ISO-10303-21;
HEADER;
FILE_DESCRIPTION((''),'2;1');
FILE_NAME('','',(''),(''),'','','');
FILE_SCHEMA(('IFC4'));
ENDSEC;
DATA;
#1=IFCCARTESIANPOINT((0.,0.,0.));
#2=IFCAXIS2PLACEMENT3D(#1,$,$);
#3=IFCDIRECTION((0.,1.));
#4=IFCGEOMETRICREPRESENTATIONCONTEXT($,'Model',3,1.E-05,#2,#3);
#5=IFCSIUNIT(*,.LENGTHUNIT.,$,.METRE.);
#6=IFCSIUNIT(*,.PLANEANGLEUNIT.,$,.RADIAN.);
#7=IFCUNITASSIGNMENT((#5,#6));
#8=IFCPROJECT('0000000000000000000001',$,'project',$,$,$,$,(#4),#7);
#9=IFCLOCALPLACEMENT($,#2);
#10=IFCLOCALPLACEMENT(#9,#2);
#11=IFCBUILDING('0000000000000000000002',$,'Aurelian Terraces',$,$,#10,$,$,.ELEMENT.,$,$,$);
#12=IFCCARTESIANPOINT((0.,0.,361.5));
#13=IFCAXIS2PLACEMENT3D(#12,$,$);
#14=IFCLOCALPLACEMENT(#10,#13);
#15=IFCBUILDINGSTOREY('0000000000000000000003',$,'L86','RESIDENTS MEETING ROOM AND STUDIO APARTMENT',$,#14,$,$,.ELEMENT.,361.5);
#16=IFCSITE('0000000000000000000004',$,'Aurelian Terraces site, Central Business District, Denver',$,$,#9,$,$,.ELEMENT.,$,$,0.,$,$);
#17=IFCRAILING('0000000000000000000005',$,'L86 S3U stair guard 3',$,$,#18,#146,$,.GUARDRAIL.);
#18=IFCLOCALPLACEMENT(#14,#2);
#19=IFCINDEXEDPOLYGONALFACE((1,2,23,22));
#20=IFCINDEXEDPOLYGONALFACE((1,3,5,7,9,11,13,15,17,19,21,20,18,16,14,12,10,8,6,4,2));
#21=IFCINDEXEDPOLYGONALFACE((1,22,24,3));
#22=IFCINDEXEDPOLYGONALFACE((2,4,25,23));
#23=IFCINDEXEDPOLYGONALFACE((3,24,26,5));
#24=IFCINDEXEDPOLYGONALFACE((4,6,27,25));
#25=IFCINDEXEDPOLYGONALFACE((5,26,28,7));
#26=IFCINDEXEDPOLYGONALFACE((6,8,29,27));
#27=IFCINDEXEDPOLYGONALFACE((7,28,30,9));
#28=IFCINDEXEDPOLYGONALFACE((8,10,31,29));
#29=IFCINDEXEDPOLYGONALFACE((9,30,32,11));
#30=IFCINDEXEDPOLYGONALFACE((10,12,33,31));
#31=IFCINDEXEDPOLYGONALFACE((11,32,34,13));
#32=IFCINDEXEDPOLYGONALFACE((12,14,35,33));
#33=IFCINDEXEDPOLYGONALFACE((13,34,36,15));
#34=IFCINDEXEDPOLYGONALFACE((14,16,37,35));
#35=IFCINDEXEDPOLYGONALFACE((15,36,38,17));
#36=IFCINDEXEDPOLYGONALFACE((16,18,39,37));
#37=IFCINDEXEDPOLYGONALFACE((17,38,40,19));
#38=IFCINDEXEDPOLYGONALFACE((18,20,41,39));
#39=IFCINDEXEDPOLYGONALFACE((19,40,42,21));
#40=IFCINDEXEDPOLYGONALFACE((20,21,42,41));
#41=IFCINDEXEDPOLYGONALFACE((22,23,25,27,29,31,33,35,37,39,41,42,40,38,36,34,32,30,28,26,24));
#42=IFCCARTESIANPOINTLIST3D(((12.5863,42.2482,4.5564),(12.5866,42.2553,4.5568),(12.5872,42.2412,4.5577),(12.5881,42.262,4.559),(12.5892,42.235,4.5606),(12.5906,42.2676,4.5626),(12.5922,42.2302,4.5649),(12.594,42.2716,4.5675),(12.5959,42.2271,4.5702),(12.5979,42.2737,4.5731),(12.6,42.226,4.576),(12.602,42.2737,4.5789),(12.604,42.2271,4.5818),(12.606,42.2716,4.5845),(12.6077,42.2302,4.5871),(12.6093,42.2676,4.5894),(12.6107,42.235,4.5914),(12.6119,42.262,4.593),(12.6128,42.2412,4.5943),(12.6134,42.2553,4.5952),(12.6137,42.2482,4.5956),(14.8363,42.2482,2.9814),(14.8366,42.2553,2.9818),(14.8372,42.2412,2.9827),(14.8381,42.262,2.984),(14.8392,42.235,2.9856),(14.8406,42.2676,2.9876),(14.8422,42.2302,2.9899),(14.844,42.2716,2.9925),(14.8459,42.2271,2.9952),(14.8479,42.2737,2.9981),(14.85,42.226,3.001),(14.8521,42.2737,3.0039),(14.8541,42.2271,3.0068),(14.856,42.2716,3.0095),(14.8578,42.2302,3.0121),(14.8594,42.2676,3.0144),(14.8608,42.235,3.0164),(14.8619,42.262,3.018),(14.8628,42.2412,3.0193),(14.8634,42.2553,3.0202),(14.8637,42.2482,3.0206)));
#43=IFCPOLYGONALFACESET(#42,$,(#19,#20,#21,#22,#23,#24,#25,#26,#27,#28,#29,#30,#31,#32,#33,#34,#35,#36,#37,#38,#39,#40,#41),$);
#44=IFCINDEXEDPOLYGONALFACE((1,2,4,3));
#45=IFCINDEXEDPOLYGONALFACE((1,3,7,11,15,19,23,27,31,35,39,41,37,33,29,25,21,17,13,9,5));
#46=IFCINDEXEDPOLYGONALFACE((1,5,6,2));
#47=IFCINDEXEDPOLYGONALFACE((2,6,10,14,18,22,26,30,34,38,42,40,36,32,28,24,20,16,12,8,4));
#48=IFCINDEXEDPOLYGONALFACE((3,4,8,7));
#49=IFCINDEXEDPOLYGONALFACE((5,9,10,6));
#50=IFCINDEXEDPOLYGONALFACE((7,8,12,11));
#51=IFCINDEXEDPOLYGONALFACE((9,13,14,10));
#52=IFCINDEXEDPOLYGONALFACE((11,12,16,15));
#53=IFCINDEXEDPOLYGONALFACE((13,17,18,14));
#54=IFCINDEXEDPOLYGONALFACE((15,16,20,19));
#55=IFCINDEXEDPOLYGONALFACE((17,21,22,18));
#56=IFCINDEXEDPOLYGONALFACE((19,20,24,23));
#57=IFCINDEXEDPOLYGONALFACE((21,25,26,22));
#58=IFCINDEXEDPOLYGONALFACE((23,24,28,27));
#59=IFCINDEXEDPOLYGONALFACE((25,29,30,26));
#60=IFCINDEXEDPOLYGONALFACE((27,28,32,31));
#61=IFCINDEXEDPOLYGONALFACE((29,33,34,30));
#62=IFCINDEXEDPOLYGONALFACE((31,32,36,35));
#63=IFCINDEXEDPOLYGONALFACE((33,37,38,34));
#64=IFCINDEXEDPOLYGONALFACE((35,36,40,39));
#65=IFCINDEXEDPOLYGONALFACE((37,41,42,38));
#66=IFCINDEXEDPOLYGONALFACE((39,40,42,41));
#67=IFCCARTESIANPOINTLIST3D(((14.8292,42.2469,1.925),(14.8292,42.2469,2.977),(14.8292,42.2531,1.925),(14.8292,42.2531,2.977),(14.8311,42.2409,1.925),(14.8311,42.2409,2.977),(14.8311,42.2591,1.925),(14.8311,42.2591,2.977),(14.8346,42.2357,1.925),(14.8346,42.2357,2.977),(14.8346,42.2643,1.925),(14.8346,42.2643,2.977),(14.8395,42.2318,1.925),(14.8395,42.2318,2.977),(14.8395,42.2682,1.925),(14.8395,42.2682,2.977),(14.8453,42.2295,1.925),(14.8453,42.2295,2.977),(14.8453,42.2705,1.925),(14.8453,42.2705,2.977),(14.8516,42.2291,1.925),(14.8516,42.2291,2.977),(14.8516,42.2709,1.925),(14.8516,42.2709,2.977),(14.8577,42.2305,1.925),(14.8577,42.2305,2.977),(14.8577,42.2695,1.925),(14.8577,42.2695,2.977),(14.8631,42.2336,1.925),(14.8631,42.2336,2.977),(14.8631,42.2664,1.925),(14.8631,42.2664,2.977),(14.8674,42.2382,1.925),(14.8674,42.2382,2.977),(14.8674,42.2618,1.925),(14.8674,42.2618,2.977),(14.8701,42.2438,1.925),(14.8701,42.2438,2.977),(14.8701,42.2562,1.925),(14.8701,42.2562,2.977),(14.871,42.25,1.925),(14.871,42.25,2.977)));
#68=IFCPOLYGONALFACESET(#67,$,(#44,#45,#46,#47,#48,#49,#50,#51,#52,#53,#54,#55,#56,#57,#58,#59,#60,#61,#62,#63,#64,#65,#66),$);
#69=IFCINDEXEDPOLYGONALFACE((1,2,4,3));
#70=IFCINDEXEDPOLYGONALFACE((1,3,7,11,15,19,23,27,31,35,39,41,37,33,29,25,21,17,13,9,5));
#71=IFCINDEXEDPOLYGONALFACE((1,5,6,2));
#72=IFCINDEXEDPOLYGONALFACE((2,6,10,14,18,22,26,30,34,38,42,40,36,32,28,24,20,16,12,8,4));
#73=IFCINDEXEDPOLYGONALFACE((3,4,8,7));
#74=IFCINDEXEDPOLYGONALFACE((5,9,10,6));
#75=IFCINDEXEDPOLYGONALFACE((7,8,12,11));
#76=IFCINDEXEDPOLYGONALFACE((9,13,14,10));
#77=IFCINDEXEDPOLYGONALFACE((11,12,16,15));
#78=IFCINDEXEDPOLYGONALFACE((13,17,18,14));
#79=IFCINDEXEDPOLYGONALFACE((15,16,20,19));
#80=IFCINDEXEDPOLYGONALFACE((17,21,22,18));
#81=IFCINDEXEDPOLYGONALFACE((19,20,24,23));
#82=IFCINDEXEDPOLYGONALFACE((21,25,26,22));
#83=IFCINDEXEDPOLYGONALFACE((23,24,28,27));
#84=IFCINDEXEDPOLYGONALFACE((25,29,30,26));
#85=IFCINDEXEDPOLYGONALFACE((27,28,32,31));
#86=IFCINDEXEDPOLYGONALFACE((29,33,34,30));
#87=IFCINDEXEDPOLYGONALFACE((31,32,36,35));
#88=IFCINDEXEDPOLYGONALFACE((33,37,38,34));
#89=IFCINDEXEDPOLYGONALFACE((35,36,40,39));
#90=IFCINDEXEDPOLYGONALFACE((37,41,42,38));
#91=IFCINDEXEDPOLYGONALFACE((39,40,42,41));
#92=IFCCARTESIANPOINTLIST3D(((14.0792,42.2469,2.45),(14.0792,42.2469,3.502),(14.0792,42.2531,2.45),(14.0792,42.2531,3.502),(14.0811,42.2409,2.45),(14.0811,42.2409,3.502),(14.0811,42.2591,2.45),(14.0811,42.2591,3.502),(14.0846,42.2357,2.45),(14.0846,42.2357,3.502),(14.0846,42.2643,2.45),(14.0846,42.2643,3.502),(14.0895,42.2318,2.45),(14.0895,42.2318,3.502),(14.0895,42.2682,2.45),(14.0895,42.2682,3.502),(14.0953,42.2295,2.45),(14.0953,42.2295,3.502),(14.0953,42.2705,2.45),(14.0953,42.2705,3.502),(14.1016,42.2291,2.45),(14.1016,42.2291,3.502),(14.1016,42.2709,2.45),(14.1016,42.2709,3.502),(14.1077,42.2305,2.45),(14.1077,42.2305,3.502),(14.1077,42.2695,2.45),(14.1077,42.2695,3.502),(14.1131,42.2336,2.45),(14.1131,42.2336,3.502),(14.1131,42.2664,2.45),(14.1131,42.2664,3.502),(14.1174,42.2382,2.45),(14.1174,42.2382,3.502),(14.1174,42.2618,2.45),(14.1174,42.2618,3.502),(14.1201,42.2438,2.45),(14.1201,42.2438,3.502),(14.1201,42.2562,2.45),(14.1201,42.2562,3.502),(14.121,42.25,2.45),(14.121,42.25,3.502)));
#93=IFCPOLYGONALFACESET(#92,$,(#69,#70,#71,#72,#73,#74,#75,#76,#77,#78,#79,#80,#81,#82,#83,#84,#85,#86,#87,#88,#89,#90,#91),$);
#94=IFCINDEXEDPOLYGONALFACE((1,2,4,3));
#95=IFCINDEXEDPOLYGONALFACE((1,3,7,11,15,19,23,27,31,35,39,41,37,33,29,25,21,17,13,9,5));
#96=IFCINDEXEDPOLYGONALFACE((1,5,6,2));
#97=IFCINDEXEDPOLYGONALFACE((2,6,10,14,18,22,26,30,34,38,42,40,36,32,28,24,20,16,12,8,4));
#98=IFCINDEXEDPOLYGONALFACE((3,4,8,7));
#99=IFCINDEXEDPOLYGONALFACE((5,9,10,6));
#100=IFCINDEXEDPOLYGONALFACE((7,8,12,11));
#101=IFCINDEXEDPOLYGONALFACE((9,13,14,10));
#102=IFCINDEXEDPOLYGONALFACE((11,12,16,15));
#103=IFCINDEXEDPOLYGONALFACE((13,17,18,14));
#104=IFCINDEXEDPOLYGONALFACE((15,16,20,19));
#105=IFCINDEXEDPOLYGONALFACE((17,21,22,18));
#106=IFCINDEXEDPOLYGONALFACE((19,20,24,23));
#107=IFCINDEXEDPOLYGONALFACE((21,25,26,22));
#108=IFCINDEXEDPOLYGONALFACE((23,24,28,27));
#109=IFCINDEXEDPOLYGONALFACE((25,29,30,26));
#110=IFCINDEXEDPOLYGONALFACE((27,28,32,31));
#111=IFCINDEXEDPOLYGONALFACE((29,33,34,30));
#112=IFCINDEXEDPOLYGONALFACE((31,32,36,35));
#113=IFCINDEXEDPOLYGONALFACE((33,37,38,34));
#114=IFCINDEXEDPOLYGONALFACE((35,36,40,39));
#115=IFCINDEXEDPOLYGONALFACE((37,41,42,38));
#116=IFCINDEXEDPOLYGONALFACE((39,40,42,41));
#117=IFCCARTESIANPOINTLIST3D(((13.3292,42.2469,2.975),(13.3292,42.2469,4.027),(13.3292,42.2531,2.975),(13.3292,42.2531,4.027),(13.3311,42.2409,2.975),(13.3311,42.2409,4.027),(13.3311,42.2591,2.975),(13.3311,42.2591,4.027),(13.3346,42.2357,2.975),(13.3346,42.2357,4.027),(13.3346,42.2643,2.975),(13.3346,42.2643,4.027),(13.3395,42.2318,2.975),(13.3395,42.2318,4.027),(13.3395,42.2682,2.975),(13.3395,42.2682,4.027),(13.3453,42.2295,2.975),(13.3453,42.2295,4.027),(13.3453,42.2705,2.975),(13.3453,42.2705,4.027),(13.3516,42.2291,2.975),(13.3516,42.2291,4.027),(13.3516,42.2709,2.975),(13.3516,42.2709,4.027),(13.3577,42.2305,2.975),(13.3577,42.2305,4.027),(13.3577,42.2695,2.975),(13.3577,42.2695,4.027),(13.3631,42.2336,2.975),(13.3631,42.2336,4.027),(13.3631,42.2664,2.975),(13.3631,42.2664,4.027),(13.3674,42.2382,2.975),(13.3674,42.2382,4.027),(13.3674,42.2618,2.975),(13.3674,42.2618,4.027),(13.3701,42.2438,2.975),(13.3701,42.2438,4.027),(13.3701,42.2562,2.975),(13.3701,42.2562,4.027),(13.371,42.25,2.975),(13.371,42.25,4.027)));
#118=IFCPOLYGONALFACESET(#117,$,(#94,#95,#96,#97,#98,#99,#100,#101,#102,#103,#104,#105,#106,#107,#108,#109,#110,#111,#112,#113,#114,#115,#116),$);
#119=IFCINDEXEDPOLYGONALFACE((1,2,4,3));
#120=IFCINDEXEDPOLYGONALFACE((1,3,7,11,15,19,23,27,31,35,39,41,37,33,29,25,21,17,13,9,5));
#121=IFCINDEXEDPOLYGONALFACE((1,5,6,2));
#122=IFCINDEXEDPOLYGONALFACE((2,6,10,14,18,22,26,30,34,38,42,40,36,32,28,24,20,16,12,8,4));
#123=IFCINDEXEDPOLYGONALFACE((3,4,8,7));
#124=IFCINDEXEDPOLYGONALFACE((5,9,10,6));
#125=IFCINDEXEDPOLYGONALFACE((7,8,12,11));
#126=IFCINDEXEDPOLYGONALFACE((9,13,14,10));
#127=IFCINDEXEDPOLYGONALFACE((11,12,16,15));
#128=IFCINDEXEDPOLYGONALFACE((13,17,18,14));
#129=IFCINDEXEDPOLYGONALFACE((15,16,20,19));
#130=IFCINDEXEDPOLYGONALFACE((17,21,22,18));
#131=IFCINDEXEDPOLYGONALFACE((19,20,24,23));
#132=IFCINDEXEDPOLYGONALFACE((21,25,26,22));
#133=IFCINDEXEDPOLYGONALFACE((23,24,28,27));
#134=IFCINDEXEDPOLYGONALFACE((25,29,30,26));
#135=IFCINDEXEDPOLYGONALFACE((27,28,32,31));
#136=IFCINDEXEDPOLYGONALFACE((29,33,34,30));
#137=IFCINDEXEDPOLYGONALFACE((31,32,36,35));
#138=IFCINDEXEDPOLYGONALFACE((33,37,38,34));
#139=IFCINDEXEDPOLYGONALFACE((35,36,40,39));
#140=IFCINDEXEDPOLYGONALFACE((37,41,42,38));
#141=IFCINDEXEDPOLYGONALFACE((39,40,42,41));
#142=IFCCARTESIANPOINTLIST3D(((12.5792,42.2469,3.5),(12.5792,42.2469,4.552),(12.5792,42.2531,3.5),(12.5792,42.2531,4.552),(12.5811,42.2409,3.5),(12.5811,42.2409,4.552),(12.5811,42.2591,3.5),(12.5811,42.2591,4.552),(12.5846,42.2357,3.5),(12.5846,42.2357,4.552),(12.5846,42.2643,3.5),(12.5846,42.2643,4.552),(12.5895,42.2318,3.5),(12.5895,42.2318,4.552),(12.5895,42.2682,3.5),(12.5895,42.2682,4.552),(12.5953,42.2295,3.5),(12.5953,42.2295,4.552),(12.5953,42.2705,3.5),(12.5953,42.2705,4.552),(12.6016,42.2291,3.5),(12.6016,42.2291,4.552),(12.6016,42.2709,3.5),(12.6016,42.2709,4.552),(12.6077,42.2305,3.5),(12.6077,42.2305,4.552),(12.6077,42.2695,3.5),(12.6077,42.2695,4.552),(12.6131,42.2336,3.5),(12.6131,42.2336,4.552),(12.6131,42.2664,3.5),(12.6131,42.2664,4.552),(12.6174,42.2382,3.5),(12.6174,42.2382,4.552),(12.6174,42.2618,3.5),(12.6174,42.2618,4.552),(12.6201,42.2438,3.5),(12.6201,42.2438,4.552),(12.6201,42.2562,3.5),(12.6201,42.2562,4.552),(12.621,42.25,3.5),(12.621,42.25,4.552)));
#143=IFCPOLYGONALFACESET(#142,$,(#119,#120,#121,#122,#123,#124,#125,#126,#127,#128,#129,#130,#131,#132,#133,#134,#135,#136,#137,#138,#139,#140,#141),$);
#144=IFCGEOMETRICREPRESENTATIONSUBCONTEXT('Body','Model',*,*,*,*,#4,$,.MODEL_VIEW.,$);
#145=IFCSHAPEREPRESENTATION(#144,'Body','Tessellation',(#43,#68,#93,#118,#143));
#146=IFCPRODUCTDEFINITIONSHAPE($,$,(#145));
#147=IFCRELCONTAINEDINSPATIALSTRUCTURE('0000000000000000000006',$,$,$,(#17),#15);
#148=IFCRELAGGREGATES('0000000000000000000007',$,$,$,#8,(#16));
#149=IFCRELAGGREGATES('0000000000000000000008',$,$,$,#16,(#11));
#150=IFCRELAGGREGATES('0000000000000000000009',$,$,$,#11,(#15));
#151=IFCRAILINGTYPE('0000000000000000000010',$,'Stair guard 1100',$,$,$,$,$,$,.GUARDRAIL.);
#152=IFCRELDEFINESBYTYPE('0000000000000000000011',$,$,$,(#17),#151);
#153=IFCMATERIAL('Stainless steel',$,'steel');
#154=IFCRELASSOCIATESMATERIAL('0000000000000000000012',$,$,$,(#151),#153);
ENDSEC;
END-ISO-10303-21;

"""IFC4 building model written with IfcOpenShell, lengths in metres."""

from ifc_helpers import new_model, si_unit, direction, frame, origin, origin_2d, place, context, subcontext, project, spatial, circle, extrude, source, transform, mapped, material, type_object, element, save


model = new_model("IFC4")

# Units and contexts
model_context = context("Model", 3, precision=1e-05, world=origin(), true_north=direction((0.0, 1.0)))
body_context = subcontext(model_context, "Body", "Model", "MODEL_VIEW")
ifc_project = project(units=[si_unit("LENGTHUNIT", "METRE"), si_unit("PLANEANGLEUNIT", "RADIAN")], contexts=[model_context])

# Site, building, storey
site_placement = place(None, origin())
site = spatial("IfcSite", under=ifc_project, at=site_placement, Name="Aurelian Terraces site, Central Business District, Denver", CompositionType="ELEMENT", RefElevation=0.0)
building_placement = place(site_placement, origin())
building = spatial("IfcBuilding", under=site, at=building_placement, Name="Aurelian Terraces", CompositionType="ELEMENT")
storey_placement = place(building_placement, frame((0.0, 0.0, 361.5)))
storey = spatial("IfcBuildingStorey", under=building, at=storey_placement, Name="L86", Description="RESIDENTS MEETING ROOM AND STUDIO APARTMENT", CompositionType="ELEMENT", Elevation=361.5)

# Railing
ifc_material_1 = material(Name="Stainless steel", Category="steel")
railing_type_1 = type_object("IfcRailingType", Name="Stair guard 1100", PredefinedType="GUARDRAIL", material=ifc_material_1)
shared_shape_1 = source(origin(), body_context, "Body", "SweptSolid", [
    extrude(circle(Radius=0.024, at=origin_2d()), frame((0.0, 0.0, 1.076), z_axis=(-0.819232, 0.0, 0.573462), x_axis=(0.0, -1.0, 0.0)), (0.0, 0.0, 1.0), 2.7465),
    extrude(circle(Radius=0.021, at=origin_2d()), origin(), (0.0, 0.0, 1.0), 1.052),
    extrude(circle(Radius=0.021, at=origin_2d()), frame((-0.75, 0.0, 0.525)), (0.0, 0.0, 1.0), 1.052),
    extrude(circle(Radius=0.021, at=origin_2d()), frame((-1.5, 0.0, 1.05)), (0.0, 0.0, 1.0), 1.052),
    extrude(circle(Radius=0.021, at=origin_2d()), frame((-2.25, 0.0, 1.575)), (0.0, 0.0, 1.0), 1.052),
])
railing_1_placement = place(storey_placement, frame((14.85, 42.25, 1.925)))
element("IfcRailing", 1, at=railing_1_placement, inside=storey, type_object=railing_type_1, Name="L86 S3U stair guard 3", PredefinedType="GUARDRAIL", context=body_context, shape_type="MappedRepresentation", body=[
    mapped(shared_shape_1, transform((0.0, 0.0, 0.0), scale=1.0)),
])

save(model, "model.ifc")
